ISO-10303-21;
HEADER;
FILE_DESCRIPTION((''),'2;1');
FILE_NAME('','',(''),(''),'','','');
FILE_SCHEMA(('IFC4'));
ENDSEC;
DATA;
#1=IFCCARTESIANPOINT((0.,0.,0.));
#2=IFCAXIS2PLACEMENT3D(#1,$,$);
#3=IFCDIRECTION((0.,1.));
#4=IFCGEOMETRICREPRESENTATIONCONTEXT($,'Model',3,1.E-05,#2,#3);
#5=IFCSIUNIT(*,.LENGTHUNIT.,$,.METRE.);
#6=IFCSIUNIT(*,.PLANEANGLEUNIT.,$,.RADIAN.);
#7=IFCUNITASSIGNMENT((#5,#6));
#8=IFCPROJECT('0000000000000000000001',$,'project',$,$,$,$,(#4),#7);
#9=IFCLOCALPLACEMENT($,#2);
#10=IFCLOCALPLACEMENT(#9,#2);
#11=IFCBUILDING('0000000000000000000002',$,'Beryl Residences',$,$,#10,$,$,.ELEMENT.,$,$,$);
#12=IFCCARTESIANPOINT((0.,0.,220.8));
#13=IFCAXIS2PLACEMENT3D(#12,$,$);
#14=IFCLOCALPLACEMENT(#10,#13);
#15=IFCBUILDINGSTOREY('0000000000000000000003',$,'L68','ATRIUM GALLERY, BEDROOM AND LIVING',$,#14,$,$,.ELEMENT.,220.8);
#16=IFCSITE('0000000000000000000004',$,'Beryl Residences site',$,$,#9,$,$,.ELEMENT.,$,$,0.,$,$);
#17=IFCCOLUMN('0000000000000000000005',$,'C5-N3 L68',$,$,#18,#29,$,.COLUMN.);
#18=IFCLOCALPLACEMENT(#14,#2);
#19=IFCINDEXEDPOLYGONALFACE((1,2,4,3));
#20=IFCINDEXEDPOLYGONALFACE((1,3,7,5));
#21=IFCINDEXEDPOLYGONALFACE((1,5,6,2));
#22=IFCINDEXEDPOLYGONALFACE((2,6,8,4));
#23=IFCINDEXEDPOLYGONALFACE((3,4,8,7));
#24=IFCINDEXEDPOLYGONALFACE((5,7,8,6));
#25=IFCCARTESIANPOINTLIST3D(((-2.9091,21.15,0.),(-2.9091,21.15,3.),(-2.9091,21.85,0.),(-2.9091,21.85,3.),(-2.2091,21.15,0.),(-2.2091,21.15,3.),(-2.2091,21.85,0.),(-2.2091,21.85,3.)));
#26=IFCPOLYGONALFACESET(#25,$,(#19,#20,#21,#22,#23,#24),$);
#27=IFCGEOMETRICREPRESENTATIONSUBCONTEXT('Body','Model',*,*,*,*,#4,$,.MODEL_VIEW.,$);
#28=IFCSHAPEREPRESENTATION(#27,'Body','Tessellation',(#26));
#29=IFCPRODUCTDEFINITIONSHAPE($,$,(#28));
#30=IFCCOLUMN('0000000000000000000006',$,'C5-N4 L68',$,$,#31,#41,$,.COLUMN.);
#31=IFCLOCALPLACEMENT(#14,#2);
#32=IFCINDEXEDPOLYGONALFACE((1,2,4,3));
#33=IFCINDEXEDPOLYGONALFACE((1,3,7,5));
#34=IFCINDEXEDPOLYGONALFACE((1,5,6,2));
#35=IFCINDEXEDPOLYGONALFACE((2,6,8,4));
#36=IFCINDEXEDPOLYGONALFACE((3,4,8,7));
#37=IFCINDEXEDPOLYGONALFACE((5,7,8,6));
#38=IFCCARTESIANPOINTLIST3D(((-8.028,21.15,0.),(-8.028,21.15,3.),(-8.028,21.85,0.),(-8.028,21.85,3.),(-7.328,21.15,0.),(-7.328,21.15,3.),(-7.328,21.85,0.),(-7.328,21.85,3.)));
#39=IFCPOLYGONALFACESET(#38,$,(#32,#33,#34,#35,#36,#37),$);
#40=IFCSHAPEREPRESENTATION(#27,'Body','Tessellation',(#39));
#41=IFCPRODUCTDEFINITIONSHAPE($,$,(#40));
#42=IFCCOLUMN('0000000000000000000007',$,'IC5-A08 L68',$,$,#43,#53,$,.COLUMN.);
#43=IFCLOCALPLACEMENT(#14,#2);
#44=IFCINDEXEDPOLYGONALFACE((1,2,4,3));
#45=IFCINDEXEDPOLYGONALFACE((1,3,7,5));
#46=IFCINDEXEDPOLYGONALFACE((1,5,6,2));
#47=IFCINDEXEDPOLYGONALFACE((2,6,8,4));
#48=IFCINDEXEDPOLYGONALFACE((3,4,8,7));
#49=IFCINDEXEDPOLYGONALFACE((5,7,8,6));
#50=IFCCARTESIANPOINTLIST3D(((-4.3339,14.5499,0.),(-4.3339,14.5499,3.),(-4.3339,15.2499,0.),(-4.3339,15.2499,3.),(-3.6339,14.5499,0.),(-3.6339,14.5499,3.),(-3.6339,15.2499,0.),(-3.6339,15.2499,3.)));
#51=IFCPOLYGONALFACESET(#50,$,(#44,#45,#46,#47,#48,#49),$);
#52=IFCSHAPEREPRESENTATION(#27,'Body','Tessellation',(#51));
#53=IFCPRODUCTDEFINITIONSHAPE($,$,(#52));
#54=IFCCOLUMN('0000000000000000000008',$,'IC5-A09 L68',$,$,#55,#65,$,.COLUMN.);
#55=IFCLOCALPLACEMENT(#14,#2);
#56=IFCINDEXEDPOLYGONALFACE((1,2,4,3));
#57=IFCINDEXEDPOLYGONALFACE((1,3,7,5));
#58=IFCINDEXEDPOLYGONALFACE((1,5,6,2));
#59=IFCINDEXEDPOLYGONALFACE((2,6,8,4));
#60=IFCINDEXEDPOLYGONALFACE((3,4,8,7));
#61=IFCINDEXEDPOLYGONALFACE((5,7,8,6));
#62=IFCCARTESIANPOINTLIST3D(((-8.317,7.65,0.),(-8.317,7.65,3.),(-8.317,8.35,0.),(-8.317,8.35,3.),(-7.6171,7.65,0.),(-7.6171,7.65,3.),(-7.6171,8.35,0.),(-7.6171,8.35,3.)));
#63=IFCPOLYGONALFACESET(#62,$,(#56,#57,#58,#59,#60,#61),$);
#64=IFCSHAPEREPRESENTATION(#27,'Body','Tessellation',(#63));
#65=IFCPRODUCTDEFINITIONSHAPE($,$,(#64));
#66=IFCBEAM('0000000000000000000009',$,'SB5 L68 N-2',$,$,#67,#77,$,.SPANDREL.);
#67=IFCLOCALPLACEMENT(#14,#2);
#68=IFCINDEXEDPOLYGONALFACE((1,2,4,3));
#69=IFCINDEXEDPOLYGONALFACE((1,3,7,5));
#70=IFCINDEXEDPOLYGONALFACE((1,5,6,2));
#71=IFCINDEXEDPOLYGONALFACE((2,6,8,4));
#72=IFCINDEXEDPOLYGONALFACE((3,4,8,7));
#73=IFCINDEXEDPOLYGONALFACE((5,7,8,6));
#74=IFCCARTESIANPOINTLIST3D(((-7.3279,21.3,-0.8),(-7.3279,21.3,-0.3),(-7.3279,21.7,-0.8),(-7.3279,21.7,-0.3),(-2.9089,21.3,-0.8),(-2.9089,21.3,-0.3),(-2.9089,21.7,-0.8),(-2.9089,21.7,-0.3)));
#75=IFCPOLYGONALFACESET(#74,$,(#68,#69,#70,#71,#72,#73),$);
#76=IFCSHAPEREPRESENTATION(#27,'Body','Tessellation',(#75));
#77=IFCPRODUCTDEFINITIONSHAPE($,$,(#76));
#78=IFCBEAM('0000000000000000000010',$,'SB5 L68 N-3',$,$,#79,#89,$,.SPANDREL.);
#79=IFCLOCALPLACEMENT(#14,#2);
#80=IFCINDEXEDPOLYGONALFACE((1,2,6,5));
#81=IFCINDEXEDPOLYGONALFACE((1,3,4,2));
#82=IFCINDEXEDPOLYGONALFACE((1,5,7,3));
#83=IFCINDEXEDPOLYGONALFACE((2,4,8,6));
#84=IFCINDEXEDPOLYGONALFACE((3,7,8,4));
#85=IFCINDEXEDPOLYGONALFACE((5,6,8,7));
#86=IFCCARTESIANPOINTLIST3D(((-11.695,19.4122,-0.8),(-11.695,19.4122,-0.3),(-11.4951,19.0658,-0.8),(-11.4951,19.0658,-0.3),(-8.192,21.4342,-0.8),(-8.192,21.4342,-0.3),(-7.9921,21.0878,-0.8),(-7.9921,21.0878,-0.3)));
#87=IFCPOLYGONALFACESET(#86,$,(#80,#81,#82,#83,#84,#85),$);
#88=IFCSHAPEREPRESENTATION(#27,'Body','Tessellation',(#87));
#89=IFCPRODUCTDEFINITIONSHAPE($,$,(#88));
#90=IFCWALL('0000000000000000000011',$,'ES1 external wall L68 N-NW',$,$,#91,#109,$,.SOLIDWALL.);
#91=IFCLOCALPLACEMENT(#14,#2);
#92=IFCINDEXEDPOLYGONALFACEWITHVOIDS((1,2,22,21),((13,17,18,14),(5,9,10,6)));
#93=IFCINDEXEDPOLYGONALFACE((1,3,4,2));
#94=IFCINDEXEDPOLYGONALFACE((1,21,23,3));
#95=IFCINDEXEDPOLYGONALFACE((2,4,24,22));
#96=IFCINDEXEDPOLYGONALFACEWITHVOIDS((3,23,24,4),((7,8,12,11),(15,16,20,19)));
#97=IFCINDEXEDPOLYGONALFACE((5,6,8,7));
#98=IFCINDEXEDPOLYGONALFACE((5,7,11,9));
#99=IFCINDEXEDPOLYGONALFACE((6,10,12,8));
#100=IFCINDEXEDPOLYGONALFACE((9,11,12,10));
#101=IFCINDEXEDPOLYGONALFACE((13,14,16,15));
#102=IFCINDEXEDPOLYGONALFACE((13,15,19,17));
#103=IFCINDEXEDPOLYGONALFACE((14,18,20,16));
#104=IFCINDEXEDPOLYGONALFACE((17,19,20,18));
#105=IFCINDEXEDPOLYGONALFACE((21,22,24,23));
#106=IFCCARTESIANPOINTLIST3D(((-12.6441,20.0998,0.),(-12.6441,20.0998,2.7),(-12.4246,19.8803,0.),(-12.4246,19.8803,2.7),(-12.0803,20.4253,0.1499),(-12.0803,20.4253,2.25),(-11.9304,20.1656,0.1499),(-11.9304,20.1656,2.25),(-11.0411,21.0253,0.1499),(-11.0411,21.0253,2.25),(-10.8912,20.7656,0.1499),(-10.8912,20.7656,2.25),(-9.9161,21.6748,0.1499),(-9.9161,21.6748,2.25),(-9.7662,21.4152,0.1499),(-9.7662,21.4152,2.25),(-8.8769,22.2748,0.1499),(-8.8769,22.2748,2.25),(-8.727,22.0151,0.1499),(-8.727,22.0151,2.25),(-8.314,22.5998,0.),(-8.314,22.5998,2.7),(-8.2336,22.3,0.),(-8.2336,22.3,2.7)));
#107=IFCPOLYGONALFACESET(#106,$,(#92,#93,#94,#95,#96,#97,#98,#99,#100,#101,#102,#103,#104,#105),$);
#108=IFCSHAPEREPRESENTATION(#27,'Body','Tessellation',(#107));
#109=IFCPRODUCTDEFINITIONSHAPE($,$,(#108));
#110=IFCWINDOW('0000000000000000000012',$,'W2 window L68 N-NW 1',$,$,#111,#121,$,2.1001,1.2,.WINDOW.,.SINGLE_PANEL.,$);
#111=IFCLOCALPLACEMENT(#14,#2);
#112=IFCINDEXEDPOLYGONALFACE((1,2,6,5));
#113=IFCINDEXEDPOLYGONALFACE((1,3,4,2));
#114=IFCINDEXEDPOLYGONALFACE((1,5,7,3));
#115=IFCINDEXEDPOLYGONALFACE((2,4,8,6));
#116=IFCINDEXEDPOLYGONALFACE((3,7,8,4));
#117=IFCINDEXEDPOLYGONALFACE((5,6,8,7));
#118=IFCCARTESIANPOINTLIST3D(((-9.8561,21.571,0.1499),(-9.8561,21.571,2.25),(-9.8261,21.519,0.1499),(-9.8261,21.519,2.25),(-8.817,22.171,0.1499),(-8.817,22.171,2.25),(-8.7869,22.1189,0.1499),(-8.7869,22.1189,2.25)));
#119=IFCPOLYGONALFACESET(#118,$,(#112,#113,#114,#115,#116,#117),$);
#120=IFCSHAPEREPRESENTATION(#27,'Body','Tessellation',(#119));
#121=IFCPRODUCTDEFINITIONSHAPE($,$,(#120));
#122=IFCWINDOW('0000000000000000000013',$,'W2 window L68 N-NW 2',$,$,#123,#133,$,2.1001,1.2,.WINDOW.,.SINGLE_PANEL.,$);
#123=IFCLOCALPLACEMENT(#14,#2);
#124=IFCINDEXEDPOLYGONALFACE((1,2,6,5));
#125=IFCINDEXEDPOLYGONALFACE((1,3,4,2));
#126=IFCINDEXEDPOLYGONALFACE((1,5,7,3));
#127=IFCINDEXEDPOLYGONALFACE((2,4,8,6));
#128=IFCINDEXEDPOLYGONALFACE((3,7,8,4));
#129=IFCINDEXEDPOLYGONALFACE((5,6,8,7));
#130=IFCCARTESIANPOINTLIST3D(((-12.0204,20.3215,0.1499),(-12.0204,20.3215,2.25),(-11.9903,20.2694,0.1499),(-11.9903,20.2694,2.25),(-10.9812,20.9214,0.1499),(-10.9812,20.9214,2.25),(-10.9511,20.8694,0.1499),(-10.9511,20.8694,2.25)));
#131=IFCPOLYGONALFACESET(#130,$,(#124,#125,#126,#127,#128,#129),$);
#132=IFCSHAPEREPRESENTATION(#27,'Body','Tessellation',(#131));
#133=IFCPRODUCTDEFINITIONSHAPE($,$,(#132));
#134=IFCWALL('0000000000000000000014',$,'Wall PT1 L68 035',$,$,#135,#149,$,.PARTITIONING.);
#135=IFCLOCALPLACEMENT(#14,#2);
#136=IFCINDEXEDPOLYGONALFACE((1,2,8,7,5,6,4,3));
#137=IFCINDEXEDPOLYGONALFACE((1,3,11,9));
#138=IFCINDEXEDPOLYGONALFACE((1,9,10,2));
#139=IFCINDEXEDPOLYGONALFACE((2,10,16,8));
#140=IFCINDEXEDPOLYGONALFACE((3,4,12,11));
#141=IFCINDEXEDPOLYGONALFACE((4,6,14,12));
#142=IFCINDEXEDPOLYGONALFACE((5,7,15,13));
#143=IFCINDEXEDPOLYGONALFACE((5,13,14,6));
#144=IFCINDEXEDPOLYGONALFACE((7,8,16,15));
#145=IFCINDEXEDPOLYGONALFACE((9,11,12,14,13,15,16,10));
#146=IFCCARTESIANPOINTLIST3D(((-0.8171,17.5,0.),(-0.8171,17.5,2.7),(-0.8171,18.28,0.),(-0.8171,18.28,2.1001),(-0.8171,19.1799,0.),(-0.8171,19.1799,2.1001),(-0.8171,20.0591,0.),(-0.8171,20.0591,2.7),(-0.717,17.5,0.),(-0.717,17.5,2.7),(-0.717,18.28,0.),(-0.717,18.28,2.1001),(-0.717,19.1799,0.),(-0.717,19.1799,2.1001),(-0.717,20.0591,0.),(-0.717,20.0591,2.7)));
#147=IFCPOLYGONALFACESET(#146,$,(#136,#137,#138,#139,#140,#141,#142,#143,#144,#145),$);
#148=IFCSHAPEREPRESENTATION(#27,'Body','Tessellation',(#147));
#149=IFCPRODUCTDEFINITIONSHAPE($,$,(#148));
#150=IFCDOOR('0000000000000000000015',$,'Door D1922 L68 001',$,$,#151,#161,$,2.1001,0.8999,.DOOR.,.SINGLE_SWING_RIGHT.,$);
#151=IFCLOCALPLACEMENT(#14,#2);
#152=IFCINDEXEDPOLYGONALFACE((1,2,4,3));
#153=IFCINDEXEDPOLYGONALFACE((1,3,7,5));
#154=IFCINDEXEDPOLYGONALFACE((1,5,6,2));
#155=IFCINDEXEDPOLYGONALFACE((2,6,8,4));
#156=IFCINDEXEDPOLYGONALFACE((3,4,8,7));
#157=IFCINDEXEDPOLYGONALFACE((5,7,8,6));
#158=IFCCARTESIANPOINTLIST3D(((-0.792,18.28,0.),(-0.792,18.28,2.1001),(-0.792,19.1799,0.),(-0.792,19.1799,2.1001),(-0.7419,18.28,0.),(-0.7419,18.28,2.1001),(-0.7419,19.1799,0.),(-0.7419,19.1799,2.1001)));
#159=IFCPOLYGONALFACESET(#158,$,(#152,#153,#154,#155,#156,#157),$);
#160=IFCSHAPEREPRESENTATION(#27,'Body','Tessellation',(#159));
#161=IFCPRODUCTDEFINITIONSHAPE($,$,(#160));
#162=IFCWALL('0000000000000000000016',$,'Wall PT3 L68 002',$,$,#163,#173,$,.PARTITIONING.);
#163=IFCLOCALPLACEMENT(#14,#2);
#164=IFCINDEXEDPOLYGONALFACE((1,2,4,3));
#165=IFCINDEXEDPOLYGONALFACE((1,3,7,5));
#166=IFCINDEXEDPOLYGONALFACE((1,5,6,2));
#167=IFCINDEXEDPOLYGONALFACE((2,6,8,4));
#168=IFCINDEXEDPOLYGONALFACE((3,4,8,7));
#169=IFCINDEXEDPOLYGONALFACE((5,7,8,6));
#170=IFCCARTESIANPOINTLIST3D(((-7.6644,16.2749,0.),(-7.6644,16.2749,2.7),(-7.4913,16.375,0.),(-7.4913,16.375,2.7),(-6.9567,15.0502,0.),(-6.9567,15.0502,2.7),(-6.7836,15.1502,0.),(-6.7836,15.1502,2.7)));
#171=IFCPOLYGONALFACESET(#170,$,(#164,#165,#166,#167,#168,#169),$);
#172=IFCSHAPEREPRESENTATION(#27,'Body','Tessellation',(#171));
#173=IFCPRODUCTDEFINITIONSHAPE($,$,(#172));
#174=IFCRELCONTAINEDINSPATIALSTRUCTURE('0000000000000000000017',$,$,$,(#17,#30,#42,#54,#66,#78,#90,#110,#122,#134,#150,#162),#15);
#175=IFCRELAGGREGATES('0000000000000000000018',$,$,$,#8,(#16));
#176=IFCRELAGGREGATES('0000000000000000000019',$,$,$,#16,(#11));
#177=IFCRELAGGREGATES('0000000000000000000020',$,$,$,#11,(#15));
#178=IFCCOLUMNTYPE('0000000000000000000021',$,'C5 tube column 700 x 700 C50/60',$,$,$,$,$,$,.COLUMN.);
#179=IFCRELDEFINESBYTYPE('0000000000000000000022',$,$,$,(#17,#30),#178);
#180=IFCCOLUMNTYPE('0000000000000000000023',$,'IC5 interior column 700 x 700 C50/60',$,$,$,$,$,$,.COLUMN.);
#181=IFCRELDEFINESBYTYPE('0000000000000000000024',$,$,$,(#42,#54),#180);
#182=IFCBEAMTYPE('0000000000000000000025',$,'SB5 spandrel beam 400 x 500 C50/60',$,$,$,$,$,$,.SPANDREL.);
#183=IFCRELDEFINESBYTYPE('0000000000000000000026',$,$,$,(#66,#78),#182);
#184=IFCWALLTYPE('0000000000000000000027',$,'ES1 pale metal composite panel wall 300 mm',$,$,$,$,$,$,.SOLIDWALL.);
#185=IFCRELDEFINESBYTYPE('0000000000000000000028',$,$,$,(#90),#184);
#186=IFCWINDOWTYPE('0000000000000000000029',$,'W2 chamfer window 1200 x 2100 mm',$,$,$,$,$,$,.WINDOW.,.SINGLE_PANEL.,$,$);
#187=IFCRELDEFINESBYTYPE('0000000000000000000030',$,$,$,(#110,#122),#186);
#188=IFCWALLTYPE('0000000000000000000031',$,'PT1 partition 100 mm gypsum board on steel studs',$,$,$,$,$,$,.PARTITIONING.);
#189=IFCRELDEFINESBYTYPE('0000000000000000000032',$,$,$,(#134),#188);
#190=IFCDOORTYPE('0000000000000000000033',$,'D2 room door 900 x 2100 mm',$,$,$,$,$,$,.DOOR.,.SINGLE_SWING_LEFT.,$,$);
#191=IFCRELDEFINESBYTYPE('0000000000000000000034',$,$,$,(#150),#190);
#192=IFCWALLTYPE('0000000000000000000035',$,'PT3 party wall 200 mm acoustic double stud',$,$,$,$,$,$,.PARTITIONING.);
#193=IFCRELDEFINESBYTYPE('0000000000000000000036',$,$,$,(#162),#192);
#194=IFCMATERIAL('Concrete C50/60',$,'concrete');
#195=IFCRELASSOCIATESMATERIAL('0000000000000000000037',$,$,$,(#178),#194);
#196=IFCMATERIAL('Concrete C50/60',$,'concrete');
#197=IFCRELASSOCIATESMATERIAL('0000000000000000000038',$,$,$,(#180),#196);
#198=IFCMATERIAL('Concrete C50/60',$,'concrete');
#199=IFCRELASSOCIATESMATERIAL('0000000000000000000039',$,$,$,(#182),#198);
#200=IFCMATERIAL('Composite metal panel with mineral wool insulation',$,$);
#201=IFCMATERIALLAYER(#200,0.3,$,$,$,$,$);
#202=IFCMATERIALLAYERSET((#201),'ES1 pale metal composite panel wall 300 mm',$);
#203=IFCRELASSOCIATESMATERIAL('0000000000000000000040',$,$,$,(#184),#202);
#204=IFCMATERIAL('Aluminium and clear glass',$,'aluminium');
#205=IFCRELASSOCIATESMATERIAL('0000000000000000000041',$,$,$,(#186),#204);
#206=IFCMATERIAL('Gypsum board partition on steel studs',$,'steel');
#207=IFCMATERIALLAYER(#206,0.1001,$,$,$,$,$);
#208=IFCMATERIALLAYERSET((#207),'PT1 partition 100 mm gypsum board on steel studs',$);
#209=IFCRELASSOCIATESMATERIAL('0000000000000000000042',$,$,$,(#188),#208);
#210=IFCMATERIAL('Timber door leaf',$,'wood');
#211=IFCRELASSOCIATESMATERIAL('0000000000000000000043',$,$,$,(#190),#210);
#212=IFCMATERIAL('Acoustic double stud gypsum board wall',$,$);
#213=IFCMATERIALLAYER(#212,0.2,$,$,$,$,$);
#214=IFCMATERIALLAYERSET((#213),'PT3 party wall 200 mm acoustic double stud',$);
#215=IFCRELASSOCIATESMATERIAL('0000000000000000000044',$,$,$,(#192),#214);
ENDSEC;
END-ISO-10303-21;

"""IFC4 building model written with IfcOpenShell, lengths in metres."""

from ifc_helpers import new_model, si_unit, direction, frame, frame_2d, origin, origin_2d, place, context, subcontext, project, spatial, polyline, rectangle, outline, extrude, material, layer, layer_set, material_profile, profile_set, type_object, element, fill, save


model = new_model("IFC4")

# Units and contexts
model_context = context("Model", 3, precision=1e-05, world=origin(), true_north=direction((0.0, 1.0)))
body_context = subcontext(model_context, "Body", "Model", "MODEL_VIEW")
ifc_project = project(units=[si_unit("LENGTHUNIT", "METRE"), si_unit("PLANEANGLEUNIT", "RADIAN")], contexts=[model_context])

# Site, building, storey
site_placement = place(None, origin())
site = spatial("IfcSite", under=ifc_project, at=site_placement, Name="Beryl Residences site", CompositionType="ELEMENT", RefElevation=0.0)
building_placement = place(site_placement, origin())
building = spatial("IfcBuilding", under=site, at=building_placement, Name="Beryl Residences", CompositionType="ELEMENT")
storey_placement = place(building_placement, frame((0.0, 0.0, 220.8)))
storey = spatial("IfcBuildingStorey", under=building, at=storey_placement, Name="L68", Description="ATRIUM GALLERY, BEDROOM AND LIVING", CompositionType="ELEMENT", Elevation=220.8)

# Columns
ifc_material_1 = material(Name="Concrete C50/60", Category="concrete")
ifc_material_profile_1 = material_profile(ifc_material_1, rectangle(XDim=0.7, YDim=0.7, at=origin_2d()))
ifc_profile_set_1 = profile_set([ifc_material_profile_1], Name="Concrete C50/60")
column_type_1 = type_object("IfcColumnType", Name="C5 tube column 700 x 700 C50/60", PredefinedType="COLUMN", material=ifc_profile_set_1)
for number, where, z_axis, x_axis, name in (
    (1, (-2.5591, 21.5, 0.0), (0.0, 0.0, 1.0), (-1.0, 0.0, 0.0), "C5-N3 L68"),
    (2, (-7.678, 21.5, 0.0), (0.0, 0.0, 1.0), (-1.0, 0.0, 0.0), "C5-N4 L68"),
):
    element("IfcColumn", number, at=place(storey_placement, frame(where, z_axis=z_axis, x_axis=x_axis)), inside=storey, type_object=column_type_1, Name=name, PredefinedType="COLUMN", context=body_context, shape_type="SweptSolid", body=[
        extrude(rectangle(XDim=0.7, YDim=0.7, at=origin_2d()), origin(), (0.0, 0.0, 1.0), 3.0),
    ])
ifc_material_2 = material(Name="Concrete C50/60", Category="concrete")
ifc_material_profile_2 = material_profile(ifc_material_2, rectangle(XDim=0.7, YDim=0.7, at=origin_2d()))
ifc_profile_set_2 = profile_set([ifc_material_profile_2], Name="Concrete C50/60")
column_type_2 = type_object("IfcColumnType", Name="IC5 interior column 700 x 700 C50/60", PredefinedType="COLUMN", material=ifc_profile_set_2)
for number, where, z_axis, x_axis, name in (
    (3, (-3.9839, 14.8999, 0.0), (0.0, 0.0, 1.0), (1.0, 0.0, 0.0), "IC5-A08 L68"),
    (4, (-7.967, 8.0, 0.0), (0.0, 0.0, 1.0), (1.0, 0.0, 0.0), "IC5-A09 L68"),
):
    element("IfcColumn", number, at=place(storey_placement, frame(where, z_axis=z_axis, x_axis=x_axis)), inside=storey, type_object=column_type_2, Name=name, PredefinedType="COLUMN", context=body_context, shape_type="SweptSolid", body=[
        extrude(rectangle(XDim=0.7, YDim=0.7, at=origin_2d()), origin(), (0.0, 0.0, 1.0), 3.0),
    ])

# Beams
ifc_material_3 = material(Name="Concrete C50/60", Category="concrete")
ifc_material_profile_3 = material_profile(ifc_material_3, rectangle(XDim=0.3999, YDim=0.5, at=origin_2d()))
ifc_profile_set_3 = profile_set([ifc_material_profile_3], Name="Concrete C50/60")
beam_type = type_object("IfcBeamType", Name="SB5 spandrel beam 400 x 500 C50/60", PredefinedType="SPANDREL", material=ifc_profile_set_3)
beam_1_placement = place(storey_placement, frame((-2.9089, 21.5, -0.55), z_axis=(-1.0, 0.0, 0.0), x_axis=(0.0, -1.0, 0.0)))
element("IfcBeam", 5, at=beam_1_placement, inside=storey, type_object=beam_type, Name="SB5 L68 N-2", PredefinedType="SPANDREL", context=body_context, shape_type="SweptSolid", body=[
    extrude(rectangle(XDim=0.3999, YDim=0.5, at=origin_2d()), origin(), (0.0, 0.0, 1.0), 4.4189),
])
beam_2_placement = place(storey_placement, frame((-8.092, 21.261, -0.55), z_axis=(-0.866073, -0.499918, 0.0), x_axis=(0.499918, -0.866073, 0.0)))
element("IfcBeam", 6, at=beam_2_placement, inside=storey, type_object=beam_type, Name="SB5 L68 N-3", PredefinedType="SPANDREL", context=body_context, shape_type="SweptSolid", body=[
    extrude(rectangle(XDim=0.3999, YDim=0.5, at=origin_2d()), origin(), (0.0, 0.0, 1.0), 4.0447),
])

# Wall, openings, windows
ifc_material_4 = material(Name="Composite metal panel with mineral wool insulation")
ifc_layer_1 = layer(ifc_material_4, 0.3)
ifc_layer_set_1 = layer_set([ifc_layer_1], Name="ES1 pale metal composite panel wall 300 mm")
wall_type_1 = type_object("IfcWallType", Name="ES1 pale metal composite panel wall 300 mm", PredefinedType="SOLIDWALL", material=ifc_layer_set_1)
wall_1_placement = place(storey_placement, frame((-8.239, 22.47, 0.0), z_axis=(0.0, 0.0, 1.0), x_axis=(-0.866023, -0.500004, 0.0)))
wall_1 = element("IfcWall", 7, at=wall_1_placement, inside=storey, type_object=wall_type_1, Name="ES1 external wall L68 N-NW", PredefinedType="SOLIDWALL", context=body_context, shape_type="SweptSolid", body=[
    extrude(outline(polyline([(0.0, -0.1499), (5.0, -0.1499), (4.9197, 0.1499), (0.0803, 0.1499), (0.0, -0.1499)])), origin(), (0.0, 0.0, 1.0), 2.7),
])
opening_1_placement = place(wall_1_placement, frame((0.6499, 0.0, 0.1499)))
opening_1 = element("IfcOpeningElement", 8, at=opening_1_placement, cuts=wall_1, PredefinedType="OPENING", context=body_context, shape_type="SweptSolid", body=[
    extrude(rectangle(XDim=1.2, YDim=2.1001, at=frame_2d((0.6001, 1.05))), frame((0.0, 0.1599, 0.0), z_axis=(0.0, -1.0, 0.0), x_axis=(1.0, 0.0, 0.0)), (0.0, 0.0, 1.0), 0.3201),
])
opening_2_placement = place(wall_1_placement, frame((3.1489, 0.0, 0.1499)))
opening_2 = element("IfcOpeningElement", 9, at=opening_2_placement, cuts=wall_1, PredefinedType="OPENING", context=body_context, shape_type="SweptSolid", body=[
    extrude(rectangle(XDim=1.2, YDim=2.1001, at=frame_2d((0.6001, 1.05))), frame((0.0, 0.1599, 0.0), z_axis=(0.0, -1.0, 0.0), x_axis=(1.0, 0.0, 0.0)), (0.0, 0.0, 1.0), 0.3201),
])
ifc_material_5 = material(Name="Aluminium and clear glass", Category="aluminium")
window_type = type_object("IfcWindowType", Name="W2 chamfer window 1200 x 2100 mm", PartitioningType="SINGLE_PANEL", PredefinedType="WINDOW", material=ifc_material_5)
window_1_placement = place(opening_1_placement, origin())
window_1 = element("IfcWindow", 10, at=window_1_placement, inside=storey, type_object=window_type, Name="W2 window L68 N-NW 1", OverallHeight=2.1001, OverallWidth=1.2, PartitioningType="SINGLE_PANEL", PredefinedType="WINDOW", context=body_context, shape_type="SweptSolid", body=[
    extrude(rectangle(XDim=1.2, YDim=2.1001, at=frame_2d((0.6001, 1.05))), frame((0.0, 0.03, 0.0), z_axis=(0.0, -1.0, 0.0), x_axis=(1.0, 0.0, 0.0)), (0.0, 0.0, 1.0), 0.0601),
])
fill(opening_1, window_1)
window_2_placement = place(opening_2_placement, origin())
window_2 = element("IfcWindow", 11, at=window_2_placement, inside=storey, type_object=window_type, Name="W2 window L68 N-NW 2", OverallHeight=2.1001, OverallWidth=1.2, PartitioningType="SINGLE_PANEL", PredefinedType="WINDOW", context=body_context, shape_type="SweptSolid", body=[
    extrude(rectangle(XDim=1.2, YDim=2.1001, at=frame_2d((0.6001, 1.05))), frame((0.0, 0.03, 0.0), z_axis=(0.0, -1.0, 0.0), x_axis=(1.0, 0.0, 0.0)), (0.0, 0.0, 1.0), 0.0601),
])
fill(opening_2, window_2)

# Wall, opening, door
ifc_material_6 = material(Name="Gypsum board partition on steel studs", Category="steel")
ifc_layer_2 = layer(ifc_material_6, 0.1001)
ifc_layer_set_2 = layer_set([ifc_layer_2], Name="PT1 partition 100 mm gypsum board on steel studs")
wall_type_2 = type_object("IfcWallType", Name="PT1 partition 100 mm gypsum board on steel studs", PredefinedType="PARTITIONING", material=ifc_layer_set_2)
wall_2_placement = place(storey_placement, frame((-0.7671, 17.5, 0.0), z_axis=(0.0, 0.0, 1.0), x_axis=(0.0, 1.0, 0.0)))
wall_2 = element("IfcWall", 12, at=wall_2_placement, inside=storey, type_object=wall_type_2, Name="Wall PT1 L68 035", PredefinedType="PARTITIONING", context=body_context, shape_type="SweptSolid", body=[
    extrude(rectangle(XDim=2.5591, YDim=0.1001, at=frame_2d((1.2795, 0.0))), origin(), (0.0, 0.0, 1.0), 2.7),
])
opening_3_placement = place(wall_2_placement, frame((0.78, 0.0, 0.0)))
opening_3 = element("IfcOpeningElement", 13, at=opening_3_placement, cuts=wall_2, PredefinedType="OPENING", context=body_context, shape_type="SweptSolid", body=[
    extrude(rectangle(XDim=0.8999, YDim=2.1001, at=frame_2d((0.45, 1.05))), frame((0.0, 0.0601, 0.0), z_axis=(0.0, -1.0, 0.0), x_axis=(1.0, 0.0, 0.0)), (0.0, 0.0, 1.0), 0.1201),
])
ifc_material_7 = material(Name="Timber door leaf", Category="wood")
door_type_1 = type_object("IfcDoorType", Name="D2 room door 900 x 2100 mm", OperationType="SINGLE_SWING_LEFT", PredefinedType="DOOR", material=ifc_material_7)
door_1_placement = place(opening_3_placement, origin())
door_1 = element("IfcDoor", 14, at=door_1_placement, inside=storey, type_object=door_type_1, Name="Door D1922 L68 001", OperationType="SINGLE_SWING_RIGHT", OverallHeight=2.1001, OverallWidth=0.8999, PredefinedType="DOOR", context=body_context, shape_type="SweptSolid", body=[
    extrude(rectangle(XDim=0.8999, YDim=2.1001, at=frame_2d((0.45, 1.05))), frame((0.0, 0.0249, 0.0), z_axis=(0.0, -1.0, 0.0), x_axis=(1.0, 0.0, 0.0)), (0.0, 0.0, 1.0), 0.05),
])
fill(opening_3, door_1)

# Wall
ifc_material_8 = material(Name="Acoustic double stud gypsum board wall")
ifc_layer_3 = layer(ifc_material_8, 0.2)
ifc_layer_set_3 = layer_set([ifc_layer_3], Name="PT3 party wall 200 mm acoustic double stud")
wall_type_3 = type_object("IfcWallType", Name="PT3 party wall 200 mm acoustic double stud", PredefinedType="PARTITIONING", material=ifc_layer_set_3)
wall_3_placement = place(storey_placement, frame((-7.5779, 16.325, 0.0), z_axis=(0.0, 0.0, 1.0), x_axis=(0.500315, -0.865843, 0.0)))
element("IfcWall", 15, at=wall_3_placement, inside=storey, type_object=wall_type_3, Name="Wall PT3 L68 002", PredefinedType="PARTITIONING", context=body_context, shape_type="SweptSolid", body=[
    extrude(rectangle(XDim=1.4146, YDim=0.2, at=frame_2d((0.7073, 0.0))), origin(), (0.0, 0.0, 1.0), 2.7),
])

save(model, "model.ifc")
